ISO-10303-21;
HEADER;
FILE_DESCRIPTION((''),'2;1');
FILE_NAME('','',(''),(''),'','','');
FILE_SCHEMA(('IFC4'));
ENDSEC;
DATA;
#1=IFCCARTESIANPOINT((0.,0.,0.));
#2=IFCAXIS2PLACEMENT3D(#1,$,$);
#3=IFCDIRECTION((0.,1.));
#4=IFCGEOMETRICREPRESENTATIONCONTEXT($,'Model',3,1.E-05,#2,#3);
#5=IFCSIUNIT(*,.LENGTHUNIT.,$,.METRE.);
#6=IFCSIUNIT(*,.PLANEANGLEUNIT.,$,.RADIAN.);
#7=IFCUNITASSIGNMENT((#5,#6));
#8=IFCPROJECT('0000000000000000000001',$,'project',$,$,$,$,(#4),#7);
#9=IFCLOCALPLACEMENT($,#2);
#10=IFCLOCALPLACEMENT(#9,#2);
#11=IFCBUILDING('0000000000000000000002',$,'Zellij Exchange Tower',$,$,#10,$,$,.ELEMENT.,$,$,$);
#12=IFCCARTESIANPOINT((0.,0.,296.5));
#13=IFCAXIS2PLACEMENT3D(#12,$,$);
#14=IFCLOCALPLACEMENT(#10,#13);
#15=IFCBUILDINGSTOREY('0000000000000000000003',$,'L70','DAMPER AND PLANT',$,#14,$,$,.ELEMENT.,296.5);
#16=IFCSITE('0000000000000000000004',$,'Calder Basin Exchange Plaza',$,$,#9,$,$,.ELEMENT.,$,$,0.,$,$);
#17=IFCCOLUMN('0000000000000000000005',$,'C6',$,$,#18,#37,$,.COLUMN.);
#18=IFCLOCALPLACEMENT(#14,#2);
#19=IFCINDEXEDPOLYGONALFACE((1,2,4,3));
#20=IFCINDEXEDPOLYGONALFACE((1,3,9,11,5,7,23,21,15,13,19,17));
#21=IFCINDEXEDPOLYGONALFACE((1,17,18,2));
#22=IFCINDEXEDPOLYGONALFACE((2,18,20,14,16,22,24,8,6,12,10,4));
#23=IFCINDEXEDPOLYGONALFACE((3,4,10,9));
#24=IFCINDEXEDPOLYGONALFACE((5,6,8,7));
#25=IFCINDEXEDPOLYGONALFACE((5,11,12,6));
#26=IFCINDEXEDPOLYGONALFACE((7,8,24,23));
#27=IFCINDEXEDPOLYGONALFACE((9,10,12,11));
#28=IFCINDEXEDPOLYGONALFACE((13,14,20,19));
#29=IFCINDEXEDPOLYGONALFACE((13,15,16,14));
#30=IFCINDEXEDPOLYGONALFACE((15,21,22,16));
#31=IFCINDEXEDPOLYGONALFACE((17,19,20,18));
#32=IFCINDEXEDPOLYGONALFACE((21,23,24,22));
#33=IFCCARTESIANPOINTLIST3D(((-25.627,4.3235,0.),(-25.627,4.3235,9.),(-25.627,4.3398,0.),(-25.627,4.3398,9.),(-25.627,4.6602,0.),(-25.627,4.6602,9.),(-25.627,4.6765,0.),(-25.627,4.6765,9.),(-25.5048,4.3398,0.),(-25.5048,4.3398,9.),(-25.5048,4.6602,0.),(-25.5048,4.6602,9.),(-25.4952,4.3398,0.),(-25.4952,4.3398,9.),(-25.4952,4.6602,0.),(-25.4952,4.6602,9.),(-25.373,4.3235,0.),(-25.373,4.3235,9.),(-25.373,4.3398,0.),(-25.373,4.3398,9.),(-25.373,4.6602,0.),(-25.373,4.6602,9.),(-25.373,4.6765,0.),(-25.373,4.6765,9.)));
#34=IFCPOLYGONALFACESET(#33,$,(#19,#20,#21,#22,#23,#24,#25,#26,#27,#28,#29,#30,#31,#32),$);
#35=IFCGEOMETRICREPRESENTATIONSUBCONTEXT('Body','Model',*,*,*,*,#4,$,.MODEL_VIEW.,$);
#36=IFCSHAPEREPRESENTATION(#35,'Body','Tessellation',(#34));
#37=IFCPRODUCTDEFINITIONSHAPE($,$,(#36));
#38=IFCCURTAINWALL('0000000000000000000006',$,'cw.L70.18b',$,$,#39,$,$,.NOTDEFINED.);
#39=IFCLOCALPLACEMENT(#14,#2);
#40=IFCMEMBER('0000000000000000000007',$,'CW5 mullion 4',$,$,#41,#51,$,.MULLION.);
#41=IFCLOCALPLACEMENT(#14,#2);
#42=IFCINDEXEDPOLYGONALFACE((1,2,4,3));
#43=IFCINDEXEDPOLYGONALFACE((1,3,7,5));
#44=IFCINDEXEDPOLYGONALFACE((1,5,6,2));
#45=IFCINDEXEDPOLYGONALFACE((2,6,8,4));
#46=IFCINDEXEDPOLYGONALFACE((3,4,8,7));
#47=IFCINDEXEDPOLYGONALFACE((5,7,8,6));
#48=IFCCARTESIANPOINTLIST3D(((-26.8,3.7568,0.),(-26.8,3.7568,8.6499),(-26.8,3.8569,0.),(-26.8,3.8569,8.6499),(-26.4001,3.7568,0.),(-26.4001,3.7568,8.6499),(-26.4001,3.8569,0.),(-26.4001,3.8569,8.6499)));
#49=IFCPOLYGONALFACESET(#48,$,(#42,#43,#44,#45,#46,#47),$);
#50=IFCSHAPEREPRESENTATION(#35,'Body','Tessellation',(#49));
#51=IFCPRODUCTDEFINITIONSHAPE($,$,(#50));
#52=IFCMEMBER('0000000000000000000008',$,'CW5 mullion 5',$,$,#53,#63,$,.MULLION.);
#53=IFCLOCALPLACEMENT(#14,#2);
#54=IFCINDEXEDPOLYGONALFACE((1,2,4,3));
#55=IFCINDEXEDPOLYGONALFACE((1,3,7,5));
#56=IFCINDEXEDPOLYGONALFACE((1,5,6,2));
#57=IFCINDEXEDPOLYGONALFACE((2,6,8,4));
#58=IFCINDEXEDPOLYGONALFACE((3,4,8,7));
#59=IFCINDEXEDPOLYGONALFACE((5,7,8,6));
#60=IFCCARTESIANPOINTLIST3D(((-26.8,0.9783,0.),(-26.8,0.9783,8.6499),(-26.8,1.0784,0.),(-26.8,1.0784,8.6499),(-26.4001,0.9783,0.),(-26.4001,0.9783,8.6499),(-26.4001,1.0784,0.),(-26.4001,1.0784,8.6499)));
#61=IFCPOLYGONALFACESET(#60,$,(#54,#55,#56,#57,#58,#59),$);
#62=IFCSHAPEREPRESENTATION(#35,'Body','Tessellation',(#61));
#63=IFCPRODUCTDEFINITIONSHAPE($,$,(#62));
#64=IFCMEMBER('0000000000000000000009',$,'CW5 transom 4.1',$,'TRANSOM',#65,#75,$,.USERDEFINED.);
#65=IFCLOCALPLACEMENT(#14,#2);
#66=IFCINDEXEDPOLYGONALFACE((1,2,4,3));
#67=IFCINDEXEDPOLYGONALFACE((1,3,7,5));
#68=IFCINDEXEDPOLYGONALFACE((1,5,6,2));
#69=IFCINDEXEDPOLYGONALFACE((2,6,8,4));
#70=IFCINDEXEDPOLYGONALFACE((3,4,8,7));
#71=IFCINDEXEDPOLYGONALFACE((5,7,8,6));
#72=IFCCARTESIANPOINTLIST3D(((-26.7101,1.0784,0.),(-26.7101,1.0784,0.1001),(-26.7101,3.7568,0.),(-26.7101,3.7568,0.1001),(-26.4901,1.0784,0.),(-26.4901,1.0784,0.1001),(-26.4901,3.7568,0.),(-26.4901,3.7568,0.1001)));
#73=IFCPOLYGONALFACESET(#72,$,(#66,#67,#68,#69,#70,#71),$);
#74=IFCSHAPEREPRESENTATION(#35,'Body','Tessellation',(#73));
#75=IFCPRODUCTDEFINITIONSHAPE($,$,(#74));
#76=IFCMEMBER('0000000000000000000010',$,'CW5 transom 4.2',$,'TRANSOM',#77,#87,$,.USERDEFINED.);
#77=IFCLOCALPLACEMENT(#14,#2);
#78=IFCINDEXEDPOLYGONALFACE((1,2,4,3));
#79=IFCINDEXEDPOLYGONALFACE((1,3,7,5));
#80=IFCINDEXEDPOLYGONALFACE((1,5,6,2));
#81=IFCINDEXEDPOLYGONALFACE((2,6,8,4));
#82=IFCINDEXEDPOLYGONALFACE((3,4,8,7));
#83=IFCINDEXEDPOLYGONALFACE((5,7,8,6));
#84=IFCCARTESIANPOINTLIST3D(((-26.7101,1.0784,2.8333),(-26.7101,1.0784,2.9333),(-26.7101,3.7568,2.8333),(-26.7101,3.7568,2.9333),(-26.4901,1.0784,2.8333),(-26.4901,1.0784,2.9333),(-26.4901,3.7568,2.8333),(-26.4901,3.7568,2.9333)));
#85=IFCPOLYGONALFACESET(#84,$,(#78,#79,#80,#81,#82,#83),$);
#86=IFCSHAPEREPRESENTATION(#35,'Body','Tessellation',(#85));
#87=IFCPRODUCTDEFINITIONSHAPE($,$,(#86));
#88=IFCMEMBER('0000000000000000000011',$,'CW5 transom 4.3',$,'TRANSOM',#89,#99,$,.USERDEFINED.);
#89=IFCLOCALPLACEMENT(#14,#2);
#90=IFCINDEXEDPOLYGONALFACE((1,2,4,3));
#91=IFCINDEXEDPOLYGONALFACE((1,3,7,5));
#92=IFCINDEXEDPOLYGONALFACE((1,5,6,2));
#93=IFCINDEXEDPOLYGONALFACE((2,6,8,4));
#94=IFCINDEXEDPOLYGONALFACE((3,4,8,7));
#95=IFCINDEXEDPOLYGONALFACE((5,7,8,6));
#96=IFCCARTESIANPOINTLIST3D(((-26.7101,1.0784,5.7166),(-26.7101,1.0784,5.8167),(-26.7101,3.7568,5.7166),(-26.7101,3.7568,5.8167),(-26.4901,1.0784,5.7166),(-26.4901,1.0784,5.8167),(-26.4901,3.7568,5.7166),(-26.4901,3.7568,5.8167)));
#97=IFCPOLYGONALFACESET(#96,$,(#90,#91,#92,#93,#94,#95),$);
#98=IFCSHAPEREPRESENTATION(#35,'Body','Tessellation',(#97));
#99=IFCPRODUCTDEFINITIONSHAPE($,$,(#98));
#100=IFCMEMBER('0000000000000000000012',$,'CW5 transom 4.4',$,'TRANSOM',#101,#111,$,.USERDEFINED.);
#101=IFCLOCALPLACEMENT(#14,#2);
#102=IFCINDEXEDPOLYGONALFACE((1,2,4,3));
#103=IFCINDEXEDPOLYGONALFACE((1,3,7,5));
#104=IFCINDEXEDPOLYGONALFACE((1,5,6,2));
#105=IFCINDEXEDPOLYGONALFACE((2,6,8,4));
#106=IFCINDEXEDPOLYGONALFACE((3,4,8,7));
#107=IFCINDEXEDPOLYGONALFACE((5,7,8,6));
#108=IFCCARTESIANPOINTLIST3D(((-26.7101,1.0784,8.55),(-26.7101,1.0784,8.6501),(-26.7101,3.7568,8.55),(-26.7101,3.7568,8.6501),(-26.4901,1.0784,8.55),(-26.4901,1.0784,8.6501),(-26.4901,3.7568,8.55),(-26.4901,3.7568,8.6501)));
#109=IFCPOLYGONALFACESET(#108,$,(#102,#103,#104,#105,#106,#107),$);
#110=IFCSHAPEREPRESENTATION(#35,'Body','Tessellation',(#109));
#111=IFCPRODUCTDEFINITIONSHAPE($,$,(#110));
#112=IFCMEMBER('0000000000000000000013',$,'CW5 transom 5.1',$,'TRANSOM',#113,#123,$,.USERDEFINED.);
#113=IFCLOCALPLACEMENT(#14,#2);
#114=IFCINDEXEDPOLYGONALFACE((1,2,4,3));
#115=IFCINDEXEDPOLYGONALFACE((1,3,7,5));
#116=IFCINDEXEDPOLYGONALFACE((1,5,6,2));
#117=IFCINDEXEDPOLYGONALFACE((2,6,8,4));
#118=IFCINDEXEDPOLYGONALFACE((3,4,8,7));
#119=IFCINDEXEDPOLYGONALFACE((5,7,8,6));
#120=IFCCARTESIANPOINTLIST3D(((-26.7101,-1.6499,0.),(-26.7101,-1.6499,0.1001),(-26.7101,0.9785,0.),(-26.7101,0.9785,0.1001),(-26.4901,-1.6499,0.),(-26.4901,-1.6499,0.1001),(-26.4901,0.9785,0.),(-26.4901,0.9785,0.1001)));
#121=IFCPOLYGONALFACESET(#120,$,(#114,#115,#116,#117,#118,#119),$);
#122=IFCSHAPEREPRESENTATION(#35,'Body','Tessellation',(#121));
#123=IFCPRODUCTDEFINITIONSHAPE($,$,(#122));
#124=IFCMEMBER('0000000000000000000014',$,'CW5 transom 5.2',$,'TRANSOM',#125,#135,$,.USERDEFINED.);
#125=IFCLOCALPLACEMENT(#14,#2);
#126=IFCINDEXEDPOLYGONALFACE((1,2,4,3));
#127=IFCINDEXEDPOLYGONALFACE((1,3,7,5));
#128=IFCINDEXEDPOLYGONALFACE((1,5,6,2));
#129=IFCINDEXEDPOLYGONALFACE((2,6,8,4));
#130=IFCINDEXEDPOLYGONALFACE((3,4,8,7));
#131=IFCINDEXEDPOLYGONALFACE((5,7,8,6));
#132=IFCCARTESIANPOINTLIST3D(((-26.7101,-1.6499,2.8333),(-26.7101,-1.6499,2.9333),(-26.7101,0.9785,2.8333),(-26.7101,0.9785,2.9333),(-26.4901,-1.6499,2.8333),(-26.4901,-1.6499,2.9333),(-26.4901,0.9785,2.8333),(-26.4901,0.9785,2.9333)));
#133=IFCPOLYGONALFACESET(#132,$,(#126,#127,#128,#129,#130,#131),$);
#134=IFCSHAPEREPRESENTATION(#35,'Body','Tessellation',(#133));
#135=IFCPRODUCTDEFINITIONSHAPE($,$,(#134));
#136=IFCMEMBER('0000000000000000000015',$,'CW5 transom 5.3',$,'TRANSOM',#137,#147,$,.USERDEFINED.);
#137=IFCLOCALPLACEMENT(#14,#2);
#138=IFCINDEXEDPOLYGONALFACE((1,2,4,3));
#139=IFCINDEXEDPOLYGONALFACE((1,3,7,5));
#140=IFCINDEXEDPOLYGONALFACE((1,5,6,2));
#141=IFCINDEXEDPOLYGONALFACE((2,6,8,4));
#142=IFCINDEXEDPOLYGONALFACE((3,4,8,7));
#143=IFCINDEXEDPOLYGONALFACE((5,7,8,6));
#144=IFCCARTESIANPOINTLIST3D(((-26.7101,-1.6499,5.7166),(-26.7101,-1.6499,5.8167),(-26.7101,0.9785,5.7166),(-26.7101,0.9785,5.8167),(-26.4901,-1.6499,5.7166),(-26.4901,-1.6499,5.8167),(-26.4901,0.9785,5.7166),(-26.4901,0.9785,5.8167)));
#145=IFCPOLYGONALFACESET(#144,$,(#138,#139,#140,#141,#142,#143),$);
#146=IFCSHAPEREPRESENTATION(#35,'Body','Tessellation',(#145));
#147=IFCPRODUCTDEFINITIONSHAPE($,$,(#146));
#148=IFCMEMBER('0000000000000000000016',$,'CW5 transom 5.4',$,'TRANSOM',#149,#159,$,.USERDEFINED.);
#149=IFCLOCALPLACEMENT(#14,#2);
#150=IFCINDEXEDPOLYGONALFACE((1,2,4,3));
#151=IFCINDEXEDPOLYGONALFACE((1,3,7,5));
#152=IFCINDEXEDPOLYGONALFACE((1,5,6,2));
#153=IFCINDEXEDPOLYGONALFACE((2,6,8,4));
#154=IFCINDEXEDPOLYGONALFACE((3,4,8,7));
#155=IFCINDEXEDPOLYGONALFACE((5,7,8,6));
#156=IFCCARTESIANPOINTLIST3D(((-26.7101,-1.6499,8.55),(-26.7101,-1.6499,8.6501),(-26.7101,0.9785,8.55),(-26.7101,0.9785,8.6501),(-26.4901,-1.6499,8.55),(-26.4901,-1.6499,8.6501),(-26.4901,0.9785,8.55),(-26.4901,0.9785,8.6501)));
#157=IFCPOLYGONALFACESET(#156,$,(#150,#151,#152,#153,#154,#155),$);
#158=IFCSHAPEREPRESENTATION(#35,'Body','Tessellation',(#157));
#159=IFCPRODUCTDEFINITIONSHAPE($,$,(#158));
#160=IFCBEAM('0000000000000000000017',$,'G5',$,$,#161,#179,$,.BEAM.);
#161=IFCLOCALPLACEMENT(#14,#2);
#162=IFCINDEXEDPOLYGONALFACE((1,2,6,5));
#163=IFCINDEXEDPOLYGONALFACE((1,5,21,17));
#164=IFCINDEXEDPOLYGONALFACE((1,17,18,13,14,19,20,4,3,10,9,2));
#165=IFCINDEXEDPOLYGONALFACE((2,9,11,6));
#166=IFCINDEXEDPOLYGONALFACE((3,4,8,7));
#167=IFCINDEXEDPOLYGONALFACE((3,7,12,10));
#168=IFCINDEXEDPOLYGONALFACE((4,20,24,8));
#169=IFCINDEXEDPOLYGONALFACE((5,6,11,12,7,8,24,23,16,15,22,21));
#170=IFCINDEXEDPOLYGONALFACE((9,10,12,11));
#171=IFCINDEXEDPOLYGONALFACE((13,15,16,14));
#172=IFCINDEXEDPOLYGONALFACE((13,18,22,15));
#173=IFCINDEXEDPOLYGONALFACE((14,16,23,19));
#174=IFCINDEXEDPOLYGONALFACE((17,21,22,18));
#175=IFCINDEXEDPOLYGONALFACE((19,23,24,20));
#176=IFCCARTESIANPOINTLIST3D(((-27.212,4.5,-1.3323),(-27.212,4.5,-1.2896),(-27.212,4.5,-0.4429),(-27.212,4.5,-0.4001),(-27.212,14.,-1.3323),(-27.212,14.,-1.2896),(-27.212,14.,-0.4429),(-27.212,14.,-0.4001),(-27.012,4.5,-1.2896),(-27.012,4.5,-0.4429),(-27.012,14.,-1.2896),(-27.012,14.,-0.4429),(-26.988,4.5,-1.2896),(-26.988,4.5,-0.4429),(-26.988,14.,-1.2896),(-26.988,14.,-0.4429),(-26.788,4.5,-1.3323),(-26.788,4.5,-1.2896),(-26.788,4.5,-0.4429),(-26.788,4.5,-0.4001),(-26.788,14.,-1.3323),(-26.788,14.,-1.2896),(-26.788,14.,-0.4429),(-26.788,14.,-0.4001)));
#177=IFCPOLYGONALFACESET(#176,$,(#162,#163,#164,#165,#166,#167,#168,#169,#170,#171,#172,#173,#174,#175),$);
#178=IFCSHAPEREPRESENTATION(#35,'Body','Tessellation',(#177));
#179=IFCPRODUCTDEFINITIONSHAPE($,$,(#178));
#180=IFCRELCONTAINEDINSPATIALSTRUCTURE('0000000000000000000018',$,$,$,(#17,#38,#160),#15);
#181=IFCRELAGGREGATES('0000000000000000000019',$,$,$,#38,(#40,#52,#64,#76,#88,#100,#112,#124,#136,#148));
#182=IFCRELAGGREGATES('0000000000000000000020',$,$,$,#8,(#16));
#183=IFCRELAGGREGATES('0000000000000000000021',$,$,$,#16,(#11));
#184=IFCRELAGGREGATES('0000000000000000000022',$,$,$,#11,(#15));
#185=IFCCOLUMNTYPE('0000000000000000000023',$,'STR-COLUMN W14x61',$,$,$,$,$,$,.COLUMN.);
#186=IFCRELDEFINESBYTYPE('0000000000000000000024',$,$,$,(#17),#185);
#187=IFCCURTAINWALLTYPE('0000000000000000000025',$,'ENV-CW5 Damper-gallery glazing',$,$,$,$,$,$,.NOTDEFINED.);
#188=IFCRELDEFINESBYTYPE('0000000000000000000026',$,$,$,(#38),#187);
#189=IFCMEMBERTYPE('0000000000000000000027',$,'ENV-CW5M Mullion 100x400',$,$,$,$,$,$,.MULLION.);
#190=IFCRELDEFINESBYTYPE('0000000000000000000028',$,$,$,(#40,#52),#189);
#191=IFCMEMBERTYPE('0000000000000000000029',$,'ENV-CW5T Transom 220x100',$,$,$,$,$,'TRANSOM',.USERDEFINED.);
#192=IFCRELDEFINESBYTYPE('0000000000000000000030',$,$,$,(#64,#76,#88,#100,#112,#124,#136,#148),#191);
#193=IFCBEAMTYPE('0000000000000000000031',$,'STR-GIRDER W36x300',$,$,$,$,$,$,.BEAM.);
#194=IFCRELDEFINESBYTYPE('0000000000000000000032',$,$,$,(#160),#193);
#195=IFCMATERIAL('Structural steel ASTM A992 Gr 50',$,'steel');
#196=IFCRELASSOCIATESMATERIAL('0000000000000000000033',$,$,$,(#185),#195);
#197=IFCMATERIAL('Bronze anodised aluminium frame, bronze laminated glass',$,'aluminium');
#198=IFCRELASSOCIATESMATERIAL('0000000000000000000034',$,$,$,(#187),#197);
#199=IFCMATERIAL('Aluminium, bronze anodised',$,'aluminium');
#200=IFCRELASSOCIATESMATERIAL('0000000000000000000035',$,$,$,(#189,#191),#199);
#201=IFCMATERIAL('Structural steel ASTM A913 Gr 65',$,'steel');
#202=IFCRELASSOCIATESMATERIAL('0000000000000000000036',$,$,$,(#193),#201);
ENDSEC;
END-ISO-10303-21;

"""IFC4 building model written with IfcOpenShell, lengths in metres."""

from ifc_helpers import new_model, si_unit, direction, frame, origin, origin_2d, place, context, subcontext, project, spatial, rectangle, i_section, extrude, material, material_profile, profile_set, type_object, element, aggregate, save


model = new_model("IFC4")

# Units and contexts
model_context = context("Model", 3, precision=1e-05, world=origin(), true_north=direction((0.0, 1.0)))
body_context = subcontext(model_context, "Body", "Model", "MODEL_VIEW")
ifc_project = project(units=[si_unit("LENGTHUNIT", "METRE"), si_unit("PLANEANGLEUNIT", "RADIAN")], contexts=[model_context])

# Site, building, storey
site_placement = place(None, origin())
site = spatial("IfcSite", under=ifc_project, at=site_placement, Name="Calder Basin Exchange Plaza", CompositionType="ELEMENT", RefElevation=0.0)
building_placement = place(site_placement, origin())
building = spatial("IfcBuilding", under=site, at=building_placement, Name="Zellij Exchange Tower", CompositionType="ELEMENT")
storey_placement = place(building_placement, frame((0.0, 0.0, 296.5)))
storey = spatial("IfcBuildingStorey", under=building, at=storey_placement, Name="L70", Description="DAMPER AND PLANT", CompositionType="ELEMENT", Elevation=296.5)

# Column
ifc_material_1 = material(Name="Structural steel ASTM A992 Gr 50", Category="steel")
ifc_material_profile_1 = material_profile(ifc_material_1, i_section(OverallWidth=0.2539, OverallDepth=0.353, WebThickness=0.0095, FlangeThickness=0.0164, at=origin_2d()), Name="W14x61")
ifc_profile_set_1 = profile_set([ifc_material_profile_1], Name="Structural steel ASTM A992 Gr 50")
column_type = type_object("IfcColumnType", Name="STR-COLUMN W14x61", PredefinedType="COLUMN", material=ifc_profile_set_1)
column_placement = place(storey_placement, frame((-25.5, 4.5, 0.0), z_axis=(0.0, 0.0, 1.0), x_axis=(1.0, 0.0, 0.0)))
element("IfcColumn", 1, at=column_placement, inside=storey, type_object=column_type, Name="C6", PredefinedType="COLUMN", context=body_context, shape_type="SweptSolid", body=[
    extrude(i_section(OverallWidth=0.2539, OverallDepth=0.353, WebThickness=0.0095, FlangeThickness=0.0164, at=origin_2d()), origin(), (0.0, 0.0, 1.0), 9.0),
])

# Curtain wall, members
ifc_material_2 = material(Name="Bronze anodised aluminium frame, bronze laminated glass", Category="aluminium")
curtain_wall_type = type_object("IfcCurtainWallType", Name="ENV-CW5 Damper-gallery glazing", PredefinedType="NOTDEFINED", material=ifc_material_2)
curtain_wall_placement = place(storey_placement, origin())
curtain_wall = element("IfcCurtainWall", 2, at=curtain_wall_placement, inside=storey, type_object=curtain_wall_type, Name="cw.L70.18b", PredefinedType="NOTDEFINED")
ifc_material_3 = material(Name="Aluminium, bronze anodised", Category="aluminium")
ifc_material_profile_2 = material_profile(ifc_material_3, rectangle(XDim=0.1001, YDim=0.3999, at=origin_2d()), Name="AL 100x400")
ifc_profile_set_2 = profile_set([ifc_material_profile_2], Name="Aluminium, bronze anodised")
member_type_1 = type_object("IfcMemberType", Name="ENV-CW5M Mullion 100x400", PredefinedType="MULLION", material=ifc_profile_set_2)
member_1_placement = place(storey_placement, frame((-26.6001, 3.8069, 0.0), z_axis=(0.0, 0.0, 1.0), x_axis=(0.0, -1.0, 0.0)))
member_1 = element("IfcMember", 3, at=member_1_placement, type_object=member_type_1, Name="CW5 mullion 4", PredefinedType="MULLION", context=body_context, shape_type="SweptSolid", body=[
    extrude(rectangle(XDim=0.1001, YDim=0.3999, at=origin_2d()), origin(), (0.0, 0.0, 1.0), 8.6499),
])
member_2_placement = place(storey_placement, frame((-26.6001, 1.0283, 0.0), z_axis=(0.0, 0.0, 1.0), x_axis=(0.0, -1.0, 0.0)))
member_2 = element("IfcMember", 4, at=member_2_placement, type_object=member_type_1, Name="CW5 mullion 5", PredefinedType="MULLION", context=body_context, shape_type="SweptSolid", body=[
    extrude(rectangle(XDim=0.1001, YDim=0.3999, at=origin_2d()), origin(), (0.0, 0.0, 1.0), 8.6499),
])
ifc_material_profile_3 = material_profile(ifc_material_3, rectangle(XDim=0.22, YDim=0.1001, at=origin_2d()), Name="AL 220x100")
ifc_profile_set_3 = profile_set([ifc_material_profile_3], Name="Aluminium, bronze anodised")
member_type_2 = type_object("IfcMemberType", Name="ENV-CW5T Transom 220x100", ElementType="TRANSOM", PredefinedType="USERDEFINED", material=ifc_profile_set_3)
member_3_placement = place(storey_placement, frame((-26.6001, 3.7568, 0.05), z_axis=(0.0, -1.0, 0.0), x_axis=(1.0, 0.0, 0.0)))
member_3 = element("IfcMember", 5, at=member_3_placement, type_object=member_type_2, Name="CW5 transom 4.1", ObjectType="TRANSOM", PredefinedType="USERDEFINED", context=body_context, shape_type="SweptSolid", body=[
    extrude(rectangle(XDim=0.22, YDim=0.1001, at=origin_2d()), origin(), (0.0, 0.0, 1.0), 2.6785),
])
member_4_placement = place(storey_placement, frame((-26.6001, 3.7568, 2.8833), z_axis=(0.0, -1.0, 0.0), x_axis=(1.0, 0.0, 0.0)))
member_4 = element("IfcMember", 6, at=member_4_placement, type_object=member_type_2, Name="CW5 transom 4.2", ObjectType="TRANSOM", PredefinedType="USERDEFINED", context=body_context, shape_type="SweptSolid", body=[
    extrude(rectangle(XDim=0.22, YDim=0.1001, at=origin_2d()), origin(), (0.0, 0.0, 1.0), 2.6785),
])
member_5_placement = place(storey_placement, frame((-26.6001, 3.7568, 5.7666), z_axis=(0.0, -1.0, 0.0), x_axis=(1.0, 0.0, 0.0)))
member_5 = element("IfcMember", 7, at=member_5_placement, type_object=member_type_2, Name="CW5 transom 4.3", ObjectType="TRANSOM", PredefinedType="USERDEFINED", context=body_context, shape_type="SweptSolid", body=[
    extrude(rectangle(XDim=0.22, YDim=0.1001, at=origin_2d()), origin(), (0.0, 0.0, 1.0), 2.6785),
])
member_6_placement = place(storey_placement, frame((-26.6001, 3.7568, 8.6001), z_axis=(0.0, -1.0, 0.0), x_axis=(1.0, 0.0, 0.0)))
member_6 = element("IfcMember", 8, at=member_6_placement, type_object=member_type_2, Name="CW5 transom 4.4", ObjectType="TRANSOM", PredefinedType="USERDEFINED", context=body_context, shape_type="SweptSolid", body=[
    extrude(rectangle(XDim=0.22, YDim=0.1001, at=origin_2d()), origin(), (0.0, 0.0, 1.0), 2.6785),
])
member_7_placement = place(storey_placement, frame((-26.6001, 0.9785, 0.05), z_axis=(0.0, -1.0, 0.0), x_axis=(1.0, 0.0, 0.0)))
member_7 = element("IfcMember", 9, at=member_7_placement, type_object=member_type_2, Name="CW5 transom 5.1", ObjectType="TRANSOM", PredefinedType="USERDEFINED", context=body_context, shape_type="SweptSolid", body=[
    extrude(rectangle(XDim=0.22, YDim=0.1001, at=origin_2d()), origin(), (0.0, 0.0, 1.0), 2.6284),
])
member_8_placement = place(storey_placement, frame((-26.6001, 0.9785, 2.8833), z_axis=(0.0, -1.0, 0.0), x_axis=(1.0, 0.0, 0.0)))
member_8 = element("IfcMember", 10, at=member_8_placement, type_object=member_type_2, Name="CW5 transom 5.2", ObjectType="TRANSOM", PredefinedType="USERDEFINED", context=body_context, shape_type="SweptSolid", body=[
    extrude(rectangle(XDim=0.22, YDim=0.1001, at=origin_2d()), origin(), (0.0, 0.0, 1.0), 2.6284),
])
member_9_placement = place(storey_placement, frame((-26.6001, 0.9785, 5.7666), z_axis=(0.0, -1.0, 0.0), x_axis=(1.0, 0.0, 0.0)))
member_9 = element("IfcMember", 11, at=member_9_placement, type_object=member_type_2, Name="CW5 transom 5.3", ObjectType="TRANSOM", PredefinedType="USERDEFINED", context=body_context, shape_type="SweptSolid", body=[
    extrude(rectangle(XDim=0.22, YDim=0.1001, at=origin_2d()), origin(), (0.0, 0.0, 1.0), 2.6284),
])
member_10_placement = place(storey_placement, frame((-26.6001, 0.9785, 8.6001), z_axis=(0.0, -1.0, 0.0), x_axis=(1.0, 0.0, 0.0)))
member_10 = element("IfcMember", 12, at=member_10_placement, type_object=member_type_2, Name="CW5 transom 5.4", ObjectType="TRANSOM", PredefinedType="USERDEFINED", context=body_context, shape_type="SweptSolid", body=[
    extrude(rectangle(XDim=0.22, YDim=0.1001, at=origin_2d()), origin(), (0.0, 0.0, 1.0), 2.6284),
])

# Beam
ifc_material_4 = material(Name="Structural steel ASTM A913 Gr 65", Category="steel")
ifc_material_profile_4 = material_profile(ifc_material_4, i_section(OverallWidth=0.4241, OverallDepth=0.9321, WebThickness=0.0239, FlangeThickness=0.0427, at=origin_2d()), Name="W36x300")
ifc_profile_set_4 = profile_set([ifc_material_profile_4], Name="Structural steel ASTM A913 Gr 65")
beam_type_1 = type_object("IfcBeamType", Name="STR-GIRDER W36x300", PredefinedType="BEAM", material=ifc_profile_set_4)
for number, where, z_axis, x_axis, name in (
    (13, (-27.0, 4.5, -0.8662), (0.0, 1.0, 0.0), (-1.0, 0.0, 0.0), "G5"),
):
    element("IfcBeam", number, at=place(storey_placement, frame(where, z_axis=z_axis, x_axis=x_axis)), inside=storey, type_object=beam_type_1, Name=name, PredefinedType="BEAM", context=body_context, shape_type="SweptSolid", body=[
        extrude(i_section(OverallWidth=0.4241, OverallDepth=0.9321, WebThickness=0.0239, FlangeThickness=0.0427, at=origin_2d()), origin(), (0.0, 0.0, 1.0), 9.5),
    ])

aggregate(curtain_wall, [member_1, member_2, member_3, member_4, member_5, member_6, member_7, member_8, member_9, member_10])

save(model, "model.ifc")
